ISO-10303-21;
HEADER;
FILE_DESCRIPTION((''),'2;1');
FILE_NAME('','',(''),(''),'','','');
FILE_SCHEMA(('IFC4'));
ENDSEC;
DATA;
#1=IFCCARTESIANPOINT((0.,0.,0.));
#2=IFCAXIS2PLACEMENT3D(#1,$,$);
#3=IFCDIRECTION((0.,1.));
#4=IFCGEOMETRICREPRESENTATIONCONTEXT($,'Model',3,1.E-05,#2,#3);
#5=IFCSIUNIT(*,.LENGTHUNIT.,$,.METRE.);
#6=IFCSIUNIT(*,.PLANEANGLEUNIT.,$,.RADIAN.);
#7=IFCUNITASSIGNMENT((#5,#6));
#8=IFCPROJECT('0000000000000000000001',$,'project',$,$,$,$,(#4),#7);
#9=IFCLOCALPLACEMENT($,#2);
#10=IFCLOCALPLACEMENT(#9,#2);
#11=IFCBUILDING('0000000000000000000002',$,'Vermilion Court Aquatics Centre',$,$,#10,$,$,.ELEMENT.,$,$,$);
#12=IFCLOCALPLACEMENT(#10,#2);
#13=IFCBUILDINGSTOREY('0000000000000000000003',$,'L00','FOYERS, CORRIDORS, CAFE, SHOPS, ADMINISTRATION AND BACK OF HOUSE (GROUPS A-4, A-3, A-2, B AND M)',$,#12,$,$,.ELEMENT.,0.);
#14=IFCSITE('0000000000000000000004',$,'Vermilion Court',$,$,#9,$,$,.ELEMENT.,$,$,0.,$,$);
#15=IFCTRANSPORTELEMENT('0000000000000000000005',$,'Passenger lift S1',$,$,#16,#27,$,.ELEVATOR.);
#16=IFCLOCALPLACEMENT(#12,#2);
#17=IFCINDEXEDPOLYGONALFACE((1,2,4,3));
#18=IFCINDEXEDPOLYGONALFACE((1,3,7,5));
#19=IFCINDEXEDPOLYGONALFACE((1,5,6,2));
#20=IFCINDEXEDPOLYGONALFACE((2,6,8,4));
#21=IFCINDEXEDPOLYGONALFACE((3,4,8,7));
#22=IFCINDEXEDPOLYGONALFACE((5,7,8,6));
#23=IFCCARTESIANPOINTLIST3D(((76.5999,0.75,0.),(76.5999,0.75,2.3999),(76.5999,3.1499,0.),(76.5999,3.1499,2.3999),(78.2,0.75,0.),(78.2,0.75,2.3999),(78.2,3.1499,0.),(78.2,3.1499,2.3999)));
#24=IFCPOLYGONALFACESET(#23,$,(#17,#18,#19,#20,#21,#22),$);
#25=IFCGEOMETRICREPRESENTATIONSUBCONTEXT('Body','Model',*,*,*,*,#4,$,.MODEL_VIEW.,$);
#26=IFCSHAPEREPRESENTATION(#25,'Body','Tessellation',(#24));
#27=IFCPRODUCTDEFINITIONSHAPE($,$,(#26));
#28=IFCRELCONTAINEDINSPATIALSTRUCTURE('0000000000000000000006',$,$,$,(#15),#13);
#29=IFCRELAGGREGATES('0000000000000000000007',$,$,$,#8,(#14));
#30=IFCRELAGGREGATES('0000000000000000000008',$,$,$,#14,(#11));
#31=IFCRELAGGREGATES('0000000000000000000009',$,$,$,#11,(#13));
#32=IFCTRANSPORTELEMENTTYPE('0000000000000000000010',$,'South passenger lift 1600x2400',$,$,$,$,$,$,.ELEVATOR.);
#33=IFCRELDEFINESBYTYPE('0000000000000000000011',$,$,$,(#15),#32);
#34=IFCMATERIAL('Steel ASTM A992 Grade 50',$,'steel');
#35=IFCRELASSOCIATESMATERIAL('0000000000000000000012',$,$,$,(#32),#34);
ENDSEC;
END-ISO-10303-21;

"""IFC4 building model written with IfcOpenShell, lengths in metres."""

from ifc_helpers import new_model, si_unit, direction, frame, origin, origin_2d, place, context, subcontext, project, spatial, rectangle, extrude, material, type_object, element, save


model = new_model("IFC4")

# Units and contexts
model_context = context("Model", 3, precision=1e-05, world=origin(), true_north=direction((0.0, 1.0)))
body_context = subcontext(model_context, "Body", "Model", "MODEL_VIEW")
ifc_project = project(units=[si_unit("LENGTHUNIT", "METRE"), si_unit("PLANEANGLEUNIT", "RADIAN")], contexts=[model_context])

# Site, building, storey
site_placement = place(None, origin())
site = spatial("IfcSite", under=ifc_project, at=site_placement, Name="Vermilion Court", CompositionType="ELEMENT", RefElevation=0.0)
building_placement = place(site_placement, origin())
building = spatial("IfcBuilding", under=site, at=building_placement, Name="Vermilion Court Aquatics Centre", CompositionType="ELEMENT")
storey_placement = place(building_placement, origin())
storey = spatial("IfcBuildingStorey", under=building, at=storey_placement, Name="L00", Description="FOYERS, CORRIDORS, CAFE, SHOPS, ADMINISTRATION AND BACK OF HOUSE (GROUPS A-4, A-3, A-2, B AND M)", CompositionType="ELEMENT", Elevation=0.0)

# Transport element
ifc_material_1 = material(Name="Steel ASTM A992 Grade 50", Category="steel")
transport_element_type = type_object("IfcTransportElementType", Name="South passenger lift 1600x2400", PredefinedType="ELEVATOR", material=ifc_material_1)
transport_element_placement = place(storey_placement, frame((77.3999, 1.95, 0.0), z_axis=(0.0, 0.0, 1.0), x_axis=(1.0, 0.0, 0.0)))
element("IfcTransportElement", 1, at=transport_element_placement, inside=storey, type_object=transport_element_type, Name="Passenger lift S1", PredefinedType="ELEVATOR", context=body_context, shape_type="SweptSolid", body=[
    extrude(rectangle(XDim=1.6001, YDim=2.3999, at=origin_2d()), origin(), (0.0, 0.0, 1.0), 2.3999),
])

save(model, "model.ifc")
